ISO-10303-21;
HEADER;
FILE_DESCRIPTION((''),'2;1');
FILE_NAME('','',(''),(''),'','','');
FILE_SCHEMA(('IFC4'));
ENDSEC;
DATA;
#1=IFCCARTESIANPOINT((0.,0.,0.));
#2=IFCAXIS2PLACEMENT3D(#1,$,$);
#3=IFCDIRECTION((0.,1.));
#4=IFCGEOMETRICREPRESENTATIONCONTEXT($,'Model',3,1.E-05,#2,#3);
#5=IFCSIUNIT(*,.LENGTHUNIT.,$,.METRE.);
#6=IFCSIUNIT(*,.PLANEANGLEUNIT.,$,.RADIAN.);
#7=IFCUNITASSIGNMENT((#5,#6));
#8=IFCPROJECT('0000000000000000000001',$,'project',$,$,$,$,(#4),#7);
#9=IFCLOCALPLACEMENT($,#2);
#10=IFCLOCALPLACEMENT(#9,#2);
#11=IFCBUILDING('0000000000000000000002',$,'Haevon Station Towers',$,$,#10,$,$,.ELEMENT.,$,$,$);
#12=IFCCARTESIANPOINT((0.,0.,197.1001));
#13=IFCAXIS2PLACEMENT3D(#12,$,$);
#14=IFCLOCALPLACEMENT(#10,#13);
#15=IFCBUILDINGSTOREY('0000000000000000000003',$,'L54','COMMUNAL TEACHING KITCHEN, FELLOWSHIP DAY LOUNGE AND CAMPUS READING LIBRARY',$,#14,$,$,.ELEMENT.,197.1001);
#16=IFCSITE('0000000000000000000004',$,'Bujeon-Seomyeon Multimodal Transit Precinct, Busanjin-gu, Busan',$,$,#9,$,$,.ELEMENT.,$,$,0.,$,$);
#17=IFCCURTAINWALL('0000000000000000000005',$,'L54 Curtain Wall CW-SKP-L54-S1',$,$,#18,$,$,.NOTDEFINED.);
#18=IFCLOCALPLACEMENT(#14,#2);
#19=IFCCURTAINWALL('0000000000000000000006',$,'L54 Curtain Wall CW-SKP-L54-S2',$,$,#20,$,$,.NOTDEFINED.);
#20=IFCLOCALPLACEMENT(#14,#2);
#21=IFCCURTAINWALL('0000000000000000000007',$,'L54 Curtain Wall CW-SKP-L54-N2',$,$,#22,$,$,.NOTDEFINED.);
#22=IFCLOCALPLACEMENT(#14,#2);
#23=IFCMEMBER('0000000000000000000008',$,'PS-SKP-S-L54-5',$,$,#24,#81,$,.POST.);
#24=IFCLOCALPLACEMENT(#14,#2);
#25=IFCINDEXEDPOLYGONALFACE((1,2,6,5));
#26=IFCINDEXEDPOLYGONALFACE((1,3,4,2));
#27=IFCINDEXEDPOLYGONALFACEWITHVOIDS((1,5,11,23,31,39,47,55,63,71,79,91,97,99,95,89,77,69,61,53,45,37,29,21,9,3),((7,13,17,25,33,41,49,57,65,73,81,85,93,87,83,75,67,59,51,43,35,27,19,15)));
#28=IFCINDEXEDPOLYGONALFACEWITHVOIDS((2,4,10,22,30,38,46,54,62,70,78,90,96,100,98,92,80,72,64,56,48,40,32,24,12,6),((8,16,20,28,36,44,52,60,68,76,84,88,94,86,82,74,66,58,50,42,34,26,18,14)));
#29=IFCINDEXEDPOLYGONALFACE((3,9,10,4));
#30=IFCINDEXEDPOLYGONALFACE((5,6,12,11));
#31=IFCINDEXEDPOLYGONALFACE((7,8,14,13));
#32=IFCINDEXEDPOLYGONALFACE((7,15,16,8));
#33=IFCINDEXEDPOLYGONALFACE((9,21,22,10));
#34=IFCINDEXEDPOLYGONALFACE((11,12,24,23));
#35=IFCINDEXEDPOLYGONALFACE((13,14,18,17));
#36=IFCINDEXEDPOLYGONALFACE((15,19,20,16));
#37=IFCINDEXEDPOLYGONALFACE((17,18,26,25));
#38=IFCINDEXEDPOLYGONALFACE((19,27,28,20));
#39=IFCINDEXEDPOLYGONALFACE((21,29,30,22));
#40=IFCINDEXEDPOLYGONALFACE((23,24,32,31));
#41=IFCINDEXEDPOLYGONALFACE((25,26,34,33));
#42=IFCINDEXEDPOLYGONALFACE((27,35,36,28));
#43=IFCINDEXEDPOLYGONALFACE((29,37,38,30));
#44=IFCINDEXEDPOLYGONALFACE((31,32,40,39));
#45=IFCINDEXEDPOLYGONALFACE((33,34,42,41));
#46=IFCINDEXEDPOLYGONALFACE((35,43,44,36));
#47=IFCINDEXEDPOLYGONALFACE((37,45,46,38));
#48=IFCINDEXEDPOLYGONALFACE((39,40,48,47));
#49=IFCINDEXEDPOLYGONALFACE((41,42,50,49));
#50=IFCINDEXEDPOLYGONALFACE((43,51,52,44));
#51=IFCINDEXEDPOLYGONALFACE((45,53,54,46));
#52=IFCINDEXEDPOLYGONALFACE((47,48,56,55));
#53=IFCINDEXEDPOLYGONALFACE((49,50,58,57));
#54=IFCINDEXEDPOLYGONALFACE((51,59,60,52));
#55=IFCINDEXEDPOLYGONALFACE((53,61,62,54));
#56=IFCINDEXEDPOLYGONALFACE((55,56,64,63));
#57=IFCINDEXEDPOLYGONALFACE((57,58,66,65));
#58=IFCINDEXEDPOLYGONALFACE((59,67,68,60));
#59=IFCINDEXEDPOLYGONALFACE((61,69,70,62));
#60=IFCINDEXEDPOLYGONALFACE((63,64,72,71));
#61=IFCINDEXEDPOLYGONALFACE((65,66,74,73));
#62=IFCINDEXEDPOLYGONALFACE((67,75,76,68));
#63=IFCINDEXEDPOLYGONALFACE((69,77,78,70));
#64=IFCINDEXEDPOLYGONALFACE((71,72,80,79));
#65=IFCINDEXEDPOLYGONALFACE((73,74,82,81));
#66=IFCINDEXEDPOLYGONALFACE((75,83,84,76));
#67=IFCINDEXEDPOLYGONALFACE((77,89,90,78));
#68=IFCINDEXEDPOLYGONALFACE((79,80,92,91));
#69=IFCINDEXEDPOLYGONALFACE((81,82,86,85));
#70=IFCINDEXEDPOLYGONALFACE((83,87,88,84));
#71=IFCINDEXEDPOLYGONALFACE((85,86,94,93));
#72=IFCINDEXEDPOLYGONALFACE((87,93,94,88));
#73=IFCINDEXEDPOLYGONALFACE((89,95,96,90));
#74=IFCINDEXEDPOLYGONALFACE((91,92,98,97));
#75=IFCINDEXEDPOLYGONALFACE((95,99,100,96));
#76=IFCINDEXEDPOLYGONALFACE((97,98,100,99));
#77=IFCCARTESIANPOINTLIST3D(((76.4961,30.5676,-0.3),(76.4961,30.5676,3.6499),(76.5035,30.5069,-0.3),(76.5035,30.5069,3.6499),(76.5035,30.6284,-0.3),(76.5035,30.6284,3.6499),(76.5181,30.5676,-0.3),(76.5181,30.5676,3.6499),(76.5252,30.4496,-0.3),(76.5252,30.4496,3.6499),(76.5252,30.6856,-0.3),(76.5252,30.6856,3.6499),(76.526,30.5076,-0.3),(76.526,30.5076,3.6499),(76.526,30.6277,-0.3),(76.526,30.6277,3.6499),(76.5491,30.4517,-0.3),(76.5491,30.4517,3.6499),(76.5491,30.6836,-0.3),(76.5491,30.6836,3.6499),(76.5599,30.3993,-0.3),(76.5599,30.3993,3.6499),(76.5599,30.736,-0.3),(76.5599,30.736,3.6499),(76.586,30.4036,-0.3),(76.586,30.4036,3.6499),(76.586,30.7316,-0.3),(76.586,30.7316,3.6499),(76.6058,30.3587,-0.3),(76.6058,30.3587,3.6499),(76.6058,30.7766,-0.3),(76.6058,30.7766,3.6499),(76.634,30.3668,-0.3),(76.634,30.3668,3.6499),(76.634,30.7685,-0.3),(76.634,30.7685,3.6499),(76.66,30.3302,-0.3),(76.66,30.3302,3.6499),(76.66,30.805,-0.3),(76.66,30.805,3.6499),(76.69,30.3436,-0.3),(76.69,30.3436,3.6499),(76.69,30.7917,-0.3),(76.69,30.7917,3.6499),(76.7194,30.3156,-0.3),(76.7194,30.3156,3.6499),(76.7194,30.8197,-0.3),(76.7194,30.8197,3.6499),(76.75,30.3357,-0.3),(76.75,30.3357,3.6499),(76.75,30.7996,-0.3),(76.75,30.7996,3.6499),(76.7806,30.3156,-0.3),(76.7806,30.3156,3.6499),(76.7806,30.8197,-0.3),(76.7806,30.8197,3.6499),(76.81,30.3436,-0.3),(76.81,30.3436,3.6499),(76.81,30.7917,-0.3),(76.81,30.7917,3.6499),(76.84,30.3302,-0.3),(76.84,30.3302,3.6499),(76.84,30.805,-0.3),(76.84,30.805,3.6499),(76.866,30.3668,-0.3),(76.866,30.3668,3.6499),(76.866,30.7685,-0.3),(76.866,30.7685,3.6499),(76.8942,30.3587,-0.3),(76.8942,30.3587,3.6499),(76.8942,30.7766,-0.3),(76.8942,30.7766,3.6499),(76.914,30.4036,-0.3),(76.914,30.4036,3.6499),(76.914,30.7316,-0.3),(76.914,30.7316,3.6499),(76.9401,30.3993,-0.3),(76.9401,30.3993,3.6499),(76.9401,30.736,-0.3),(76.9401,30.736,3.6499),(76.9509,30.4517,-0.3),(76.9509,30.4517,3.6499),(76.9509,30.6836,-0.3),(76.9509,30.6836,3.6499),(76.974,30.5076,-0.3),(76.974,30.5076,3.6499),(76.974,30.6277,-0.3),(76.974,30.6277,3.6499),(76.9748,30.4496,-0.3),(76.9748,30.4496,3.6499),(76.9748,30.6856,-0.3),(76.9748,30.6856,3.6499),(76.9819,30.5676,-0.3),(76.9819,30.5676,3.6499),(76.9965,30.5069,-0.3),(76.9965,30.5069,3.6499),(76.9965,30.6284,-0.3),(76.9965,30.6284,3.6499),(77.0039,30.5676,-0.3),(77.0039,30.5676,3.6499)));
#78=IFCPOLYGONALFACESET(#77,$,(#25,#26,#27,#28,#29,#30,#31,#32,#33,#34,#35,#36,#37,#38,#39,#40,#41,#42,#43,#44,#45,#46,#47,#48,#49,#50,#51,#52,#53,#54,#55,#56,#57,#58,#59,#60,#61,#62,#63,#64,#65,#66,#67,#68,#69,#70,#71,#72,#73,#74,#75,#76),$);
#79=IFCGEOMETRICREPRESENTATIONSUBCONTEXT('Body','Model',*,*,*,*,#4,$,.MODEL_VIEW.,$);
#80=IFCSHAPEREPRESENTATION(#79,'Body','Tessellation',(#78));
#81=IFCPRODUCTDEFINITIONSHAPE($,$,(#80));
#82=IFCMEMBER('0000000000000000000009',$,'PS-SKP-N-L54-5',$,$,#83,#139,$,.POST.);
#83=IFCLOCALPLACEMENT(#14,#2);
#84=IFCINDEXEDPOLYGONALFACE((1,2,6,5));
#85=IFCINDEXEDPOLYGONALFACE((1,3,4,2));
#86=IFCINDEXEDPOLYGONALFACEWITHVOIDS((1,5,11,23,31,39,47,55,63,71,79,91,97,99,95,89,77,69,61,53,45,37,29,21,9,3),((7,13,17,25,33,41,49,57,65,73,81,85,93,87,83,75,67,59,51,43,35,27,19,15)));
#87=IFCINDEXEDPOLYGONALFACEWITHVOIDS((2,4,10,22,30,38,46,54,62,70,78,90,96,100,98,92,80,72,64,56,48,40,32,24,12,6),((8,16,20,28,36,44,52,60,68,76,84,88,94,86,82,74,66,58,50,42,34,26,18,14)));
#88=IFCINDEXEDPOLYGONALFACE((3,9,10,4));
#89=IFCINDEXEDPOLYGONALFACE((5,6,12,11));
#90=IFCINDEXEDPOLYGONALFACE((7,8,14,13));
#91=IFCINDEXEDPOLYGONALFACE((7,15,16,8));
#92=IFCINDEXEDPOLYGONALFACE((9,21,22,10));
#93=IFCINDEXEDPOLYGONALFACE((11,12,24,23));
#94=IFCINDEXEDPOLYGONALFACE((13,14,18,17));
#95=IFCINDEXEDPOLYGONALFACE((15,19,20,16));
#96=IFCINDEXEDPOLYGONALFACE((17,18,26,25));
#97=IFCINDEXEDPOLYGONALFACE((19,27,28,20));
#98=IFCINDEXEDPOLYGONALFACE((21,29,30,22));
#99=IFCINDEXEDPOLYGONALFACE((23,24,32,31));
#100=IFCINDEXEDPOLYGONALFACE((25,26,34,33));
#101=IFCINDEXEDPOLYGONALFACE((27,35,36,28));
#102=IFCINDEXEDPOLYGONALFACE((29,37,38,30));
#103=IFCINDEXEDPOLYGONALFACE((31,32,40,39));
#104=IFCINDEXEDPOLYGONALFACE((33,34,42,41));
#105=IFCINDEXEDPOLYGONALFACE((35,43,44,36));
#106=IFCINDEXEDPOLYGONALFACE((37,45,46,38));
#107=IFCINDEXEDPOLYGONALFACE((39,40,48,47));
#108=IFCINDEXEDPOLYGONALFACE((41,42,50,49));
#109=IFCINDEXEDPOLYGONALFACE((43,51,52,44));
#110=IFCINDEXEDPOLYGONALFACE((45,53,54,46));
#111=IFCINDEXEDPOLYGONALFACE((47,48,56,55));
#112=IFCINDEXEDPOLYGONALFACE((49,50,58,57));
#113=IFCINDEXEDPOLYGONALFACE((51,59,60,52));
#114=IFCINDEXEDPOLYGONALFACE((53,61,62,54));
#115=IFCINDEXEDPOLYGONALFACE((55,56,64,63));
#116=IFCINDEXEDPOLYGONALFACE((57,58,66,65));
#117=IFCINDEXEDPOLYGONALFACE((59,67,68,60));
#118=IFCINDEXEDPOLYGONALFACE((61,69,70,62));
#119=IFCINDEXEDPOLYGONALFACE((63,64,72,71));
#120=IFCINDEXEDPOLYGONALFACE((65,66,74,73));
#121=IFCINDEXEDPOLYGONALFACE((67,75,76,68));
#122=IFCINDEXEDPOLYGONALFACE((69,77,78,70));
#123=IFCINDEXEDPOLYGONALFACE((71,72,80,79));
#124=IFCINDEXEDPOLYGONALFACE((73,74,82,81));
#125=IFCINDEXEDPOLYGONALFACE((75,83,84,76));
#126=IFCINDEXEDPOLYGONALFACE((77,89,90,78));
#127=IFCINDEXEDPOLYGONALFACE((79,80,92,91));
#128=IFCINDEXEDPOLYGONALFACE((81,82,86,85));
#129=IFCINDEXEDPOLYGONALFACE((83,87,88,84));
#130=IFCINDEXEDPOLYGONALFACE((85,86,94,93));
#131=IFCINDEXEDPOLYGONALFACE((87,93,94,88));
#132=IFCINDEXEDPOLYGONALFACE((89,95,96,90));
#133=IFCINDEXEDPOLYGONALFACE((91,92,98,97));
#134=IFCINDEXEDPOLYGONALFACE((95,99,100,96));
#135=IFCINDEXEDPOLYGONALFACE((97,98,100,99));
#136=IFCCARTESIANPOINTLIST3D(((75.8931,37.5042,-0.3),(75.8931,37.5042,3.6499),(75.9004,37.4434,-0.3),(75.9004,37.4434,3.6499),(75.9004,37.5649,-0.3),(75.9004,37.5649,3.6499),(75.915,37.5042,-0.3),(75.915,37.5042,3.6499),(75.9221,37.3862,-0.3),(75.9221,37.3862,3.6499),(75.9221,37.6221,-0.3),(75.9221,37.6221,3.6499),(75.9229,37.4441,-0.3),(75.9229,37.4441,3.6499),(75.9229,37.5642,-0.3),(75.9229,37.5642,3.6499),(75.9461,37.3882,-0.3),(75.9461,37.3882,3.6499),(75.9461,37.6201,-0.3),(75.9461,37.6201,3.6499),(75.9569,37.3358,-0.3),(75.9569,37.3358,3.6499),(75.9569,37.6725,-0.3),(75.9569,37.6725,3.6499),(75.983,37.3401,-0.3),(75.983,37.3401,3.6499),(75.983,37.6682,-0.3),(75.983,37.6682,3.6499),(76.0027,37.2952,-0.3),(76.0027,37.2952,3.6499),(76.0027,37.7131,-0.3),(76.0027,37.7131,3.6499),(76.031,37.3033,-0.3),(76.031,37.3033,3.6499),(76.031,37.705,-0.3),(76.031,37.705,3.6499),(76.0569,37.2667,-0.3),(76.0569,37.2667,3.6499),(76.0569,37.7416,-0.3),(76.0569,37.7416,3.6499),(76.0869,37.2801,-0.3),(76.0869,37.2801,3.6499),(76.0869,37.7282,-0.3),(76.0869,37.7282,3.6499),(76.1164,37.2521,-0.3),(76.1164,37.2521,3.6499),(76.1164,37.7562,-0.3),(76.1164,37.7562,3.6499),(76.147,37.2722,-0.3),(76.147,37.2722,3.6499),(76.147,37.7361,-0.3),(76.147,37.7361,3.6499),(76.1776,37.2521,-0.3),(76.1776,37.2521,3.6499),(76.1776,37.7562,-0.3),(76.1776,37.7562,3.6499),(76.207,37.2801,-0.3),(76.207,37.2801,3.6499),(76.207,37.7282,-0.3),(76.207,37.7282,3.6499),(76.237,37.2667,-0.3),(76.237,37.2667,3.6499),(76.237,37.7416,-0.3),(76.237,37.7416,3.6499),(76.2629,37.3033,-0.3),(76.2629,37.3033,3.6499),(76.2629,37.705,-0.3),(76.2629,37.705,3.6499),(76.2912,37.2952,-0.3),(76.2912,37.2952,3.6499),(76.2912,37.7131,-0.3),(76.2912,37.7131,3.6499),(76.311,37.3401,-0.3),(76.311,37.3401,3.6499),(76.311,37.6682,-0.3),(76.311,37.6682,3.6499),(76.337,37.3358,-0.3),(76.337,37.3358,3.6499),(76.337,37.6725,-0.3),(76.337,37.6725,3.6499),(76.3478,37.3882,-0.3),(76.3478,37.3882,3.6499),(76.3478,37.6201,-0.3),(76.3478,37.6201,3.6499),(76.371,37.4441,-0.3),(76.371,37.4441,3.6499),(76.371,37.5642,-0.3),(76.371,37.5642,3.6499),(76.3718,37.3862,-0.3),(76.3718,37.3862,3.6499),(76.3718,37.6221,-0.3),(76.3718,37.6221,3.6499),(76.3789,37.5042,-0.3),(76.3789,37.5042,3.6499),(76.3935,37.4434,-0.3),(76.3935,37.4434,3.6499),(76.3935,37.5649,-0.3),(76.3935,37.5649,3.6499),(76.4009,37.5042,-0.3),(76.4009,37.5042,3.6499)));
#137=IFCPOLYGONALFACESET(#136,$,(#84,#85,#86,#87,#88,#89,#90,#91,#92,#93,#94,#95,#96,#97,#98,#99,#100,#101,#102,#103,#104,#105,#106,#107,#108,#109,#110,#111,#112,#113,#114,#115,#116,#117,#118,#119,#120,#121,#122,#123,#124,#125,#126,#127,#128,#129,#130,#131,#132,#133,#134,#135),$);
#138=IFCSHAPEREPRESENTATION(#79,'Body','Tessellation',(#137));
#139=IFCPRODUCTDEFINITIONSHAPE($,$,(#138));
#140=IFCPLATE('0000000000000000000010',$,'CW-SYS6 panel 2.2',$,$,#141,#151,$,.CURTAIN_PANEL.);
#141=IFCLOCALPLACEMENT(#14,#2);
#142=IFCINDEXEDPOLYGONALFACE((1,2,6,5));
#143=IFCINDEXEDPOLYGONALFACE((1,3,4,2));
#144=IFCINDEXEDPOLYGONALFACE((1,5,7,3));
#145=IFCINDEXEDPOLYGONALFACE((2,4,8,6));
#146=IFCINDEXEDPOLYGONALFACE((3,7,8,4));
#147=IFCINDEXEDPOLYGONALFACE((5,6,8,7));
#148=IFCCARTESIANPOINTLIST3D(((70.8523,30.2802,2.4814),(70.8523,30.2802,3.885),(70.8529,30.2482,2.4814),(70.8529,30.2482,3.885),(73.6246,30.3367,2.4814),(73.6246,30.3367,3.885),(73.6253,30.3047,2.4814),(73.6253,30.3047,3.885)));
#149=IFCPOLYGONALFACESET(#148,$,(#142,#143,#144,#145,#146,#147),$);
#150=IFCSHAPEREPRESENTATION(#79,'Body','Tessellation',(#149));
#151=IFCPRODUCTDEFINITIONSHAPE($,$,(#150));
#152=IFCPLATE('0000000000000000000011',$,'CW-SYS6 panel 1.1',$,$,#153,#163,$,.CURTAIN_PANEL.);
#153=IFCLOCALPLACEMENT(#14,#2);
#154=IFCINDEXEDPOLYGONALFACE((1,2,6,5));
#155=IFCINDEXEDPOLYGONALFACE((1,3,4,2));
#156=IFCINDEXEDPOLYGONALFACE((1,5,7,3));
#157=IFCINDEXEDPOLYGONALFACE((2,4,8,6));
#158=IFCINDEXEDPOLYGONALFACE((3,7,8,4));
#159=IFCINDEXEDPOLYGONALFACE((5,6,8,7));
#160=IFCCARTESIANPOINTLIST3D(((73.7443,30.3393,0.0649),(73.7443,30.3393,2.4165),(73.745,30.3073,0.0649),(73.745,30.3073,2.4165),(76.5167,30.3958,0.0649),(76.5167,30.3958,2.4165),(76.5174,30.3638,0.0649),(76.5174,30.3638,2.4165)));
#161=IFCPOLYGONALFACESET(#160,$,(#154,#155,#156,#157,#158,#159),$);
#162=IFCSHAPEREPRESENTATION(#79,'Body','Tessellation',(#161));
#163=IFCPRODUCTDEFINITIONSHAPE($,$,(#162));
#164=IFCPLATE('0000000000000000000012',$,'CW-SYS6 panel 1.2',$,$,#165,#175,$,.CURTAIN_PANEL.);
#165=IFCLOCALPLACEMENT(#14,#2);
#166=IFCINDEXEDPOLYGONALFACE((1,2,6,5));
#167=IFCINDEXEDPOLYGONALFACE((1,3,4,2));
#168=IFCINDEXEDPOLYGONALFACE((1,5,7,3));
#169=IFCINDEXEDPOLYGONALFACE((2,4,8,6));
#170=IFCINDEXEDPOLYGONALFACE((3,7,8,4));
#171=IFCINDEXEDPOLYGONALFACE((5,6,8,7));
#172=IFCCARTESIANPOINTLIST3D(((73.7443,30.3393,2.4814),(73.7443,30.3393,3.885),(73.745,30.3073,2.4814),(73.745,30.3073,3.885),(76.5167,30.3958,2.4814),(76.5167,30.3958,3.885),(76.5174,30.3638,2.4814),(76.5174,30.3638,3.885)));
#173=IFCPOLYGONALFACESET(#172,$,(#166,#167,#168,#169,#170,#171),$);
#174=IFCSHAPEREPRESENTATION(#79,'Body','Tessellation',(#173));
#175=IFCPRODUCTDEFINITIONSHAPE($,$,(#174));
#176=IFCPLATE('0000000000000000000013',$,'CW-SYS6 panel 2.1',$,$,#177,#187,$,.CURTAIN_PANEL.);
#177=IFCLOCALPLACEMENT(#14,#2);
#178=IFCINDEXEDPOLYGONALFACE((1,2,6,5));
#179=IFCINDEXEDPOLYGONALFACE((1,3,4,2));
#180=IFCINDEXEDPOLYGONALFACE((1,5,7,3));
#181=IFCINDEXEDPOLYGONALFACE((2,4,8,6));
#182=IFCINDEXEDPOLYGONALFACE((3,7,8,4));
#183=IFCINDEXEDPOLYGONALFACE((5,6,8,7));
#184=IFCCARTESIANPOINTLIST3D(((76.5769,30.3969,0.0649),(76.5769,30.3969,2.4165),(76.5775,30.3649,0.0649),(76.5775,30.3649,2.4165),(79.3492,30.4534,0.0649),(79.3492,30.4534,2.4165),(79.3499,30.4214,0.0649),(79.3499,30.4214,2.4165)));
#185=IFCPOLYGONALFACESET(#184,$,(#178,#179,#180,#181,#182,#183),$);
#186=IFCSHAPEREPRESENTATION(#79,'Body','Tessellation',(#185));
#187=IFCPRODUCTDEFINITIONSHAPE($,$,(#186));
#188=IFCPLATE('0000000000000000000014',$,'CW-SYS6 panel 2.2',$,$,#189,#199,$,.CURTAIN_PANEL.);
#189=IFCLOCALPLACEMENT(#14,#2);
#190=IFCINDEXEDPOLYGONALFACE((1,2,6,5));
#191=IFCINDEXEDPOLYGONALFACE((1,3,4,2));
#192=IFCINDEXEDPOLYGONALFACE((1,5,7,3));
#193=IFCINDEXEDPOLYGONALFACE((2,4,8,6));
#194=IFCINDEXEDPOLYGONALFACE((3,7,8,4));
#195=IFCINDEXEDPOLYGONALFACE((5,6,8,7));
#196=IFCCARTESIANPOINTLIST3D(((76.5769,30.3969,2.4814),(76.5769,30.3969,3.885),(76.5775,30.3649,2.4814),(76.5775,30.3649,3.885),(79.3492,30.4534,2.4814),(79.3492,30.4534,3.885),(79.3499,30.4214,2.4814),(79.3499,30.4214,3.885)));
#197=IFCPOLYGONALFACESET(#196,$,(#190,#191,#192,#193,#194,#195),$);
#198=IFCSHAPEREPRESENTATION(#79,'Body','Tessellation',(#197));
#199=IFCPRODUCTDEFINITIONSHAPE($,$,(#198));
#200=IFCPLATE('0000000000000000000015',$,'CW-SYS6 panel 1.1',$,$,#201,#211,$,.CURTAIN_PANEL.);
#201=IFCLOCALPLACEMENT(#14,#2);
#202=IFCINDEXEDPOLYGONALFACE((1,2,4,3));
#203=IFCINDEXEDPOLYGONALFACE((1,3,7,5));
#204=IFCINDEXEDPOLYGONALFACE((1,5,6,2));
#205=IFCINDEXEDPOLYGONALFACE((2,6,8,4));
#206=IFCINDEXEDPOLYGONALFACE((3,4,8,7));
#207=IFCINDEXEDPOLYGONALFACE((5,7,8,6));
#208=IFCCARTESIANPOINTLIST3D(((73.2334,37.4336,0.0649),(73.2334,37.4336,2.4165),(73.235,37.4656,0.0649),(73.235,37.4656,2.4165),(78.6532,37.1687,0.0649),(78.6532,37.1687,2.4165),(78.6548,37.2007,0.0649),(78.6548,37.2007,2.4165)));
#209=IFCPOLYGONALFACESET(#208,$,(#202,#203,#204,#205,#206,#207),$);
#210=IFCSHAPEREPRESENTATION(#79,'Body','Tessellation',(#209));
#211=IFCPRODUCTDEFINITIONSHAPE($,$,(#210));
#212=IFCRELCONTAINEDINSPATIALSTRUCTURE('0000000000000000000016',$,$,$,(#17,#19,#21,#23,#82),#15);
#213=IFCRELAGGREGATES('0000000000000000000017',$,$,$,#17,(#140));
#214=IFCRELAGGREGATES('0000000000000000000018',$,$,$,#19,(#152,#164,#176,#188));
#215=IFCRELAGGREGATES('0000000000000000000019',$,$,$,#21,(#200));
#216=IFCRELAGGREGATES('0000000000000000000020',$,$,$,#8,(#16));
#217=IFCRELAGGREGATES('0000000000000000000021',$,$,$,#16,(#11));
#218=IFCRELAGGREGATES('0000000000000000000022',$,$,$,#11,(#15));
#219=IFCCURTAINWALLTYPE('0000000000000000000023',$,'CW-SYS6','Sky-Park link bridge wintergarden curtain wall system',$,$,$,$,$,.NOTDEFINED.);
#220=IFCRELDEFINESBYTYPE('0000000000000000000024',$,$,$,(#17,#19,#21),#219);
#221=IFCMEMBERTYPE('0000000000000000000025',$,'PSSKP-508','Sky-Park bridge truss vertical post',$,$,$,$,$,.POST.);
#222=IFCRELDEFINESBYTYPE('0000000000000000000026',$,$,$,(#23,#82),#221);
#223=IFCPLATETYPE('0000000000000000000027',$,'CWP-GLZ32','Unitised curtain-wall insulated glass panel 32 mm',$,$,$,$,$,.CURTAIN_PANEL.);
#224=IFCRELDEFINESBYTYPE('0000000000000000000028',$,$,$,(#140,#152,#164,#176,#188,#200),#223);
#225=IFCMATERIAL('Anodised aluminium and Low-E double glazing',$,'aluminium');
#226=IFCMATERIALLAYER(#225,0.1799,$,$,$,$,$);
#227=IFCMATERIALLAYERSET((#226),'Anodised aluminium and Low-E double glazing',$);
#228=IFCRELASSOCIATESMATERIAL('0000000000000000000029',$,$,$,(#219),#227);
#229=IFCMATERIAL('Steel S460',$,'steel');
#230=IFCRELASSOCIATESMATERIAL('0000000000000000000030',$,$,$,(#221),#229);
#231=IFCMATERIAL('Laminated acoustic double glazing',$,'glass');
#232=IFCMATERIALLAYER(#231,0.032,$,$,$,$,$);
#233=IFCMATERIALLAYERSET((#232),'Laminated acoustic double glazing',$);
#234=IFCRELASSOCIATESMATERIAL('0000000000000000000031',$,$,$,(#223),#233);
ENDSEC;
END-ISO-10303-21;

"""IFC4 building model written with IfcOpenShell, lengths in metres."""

from ifc_helpers import new_model, si_unit, direction, frame, origin, origin_2d, place, context, subcontext, project, spatial, rectangle, hollow_circle, extrude, material, layer, layer_set, material_profile, profile_set, type_object, element, aggregate, save


model = new_model("IFC4")

# Units and contexts
model_context = context("Model", 3, precision=1e-05, world=origin(), true_north=direction((0.0, 1.0)))
body_context = subcontext(model_context, "Body", "Model", "MODEL_VIEW")
ifc_project = project(units=[si_unit("LENGTHUNIT", "METRE"), si_unit("PLANEANGLEUNIT", "RADIAN")], contexts=[model_context])

# Site, building, storey
site_placement = place(None, origin())
site = spatial("IfcSite", under=ifc_project, at=site_placement, Name="Bujeon-Seomyeon Multimodal Transit Precinct, Busanjin-gu, Busan", CompositionType="ELEMENT", RefElevation=0.0)
building_placement = place(site_placement, origin())
building = spatial("IfcBuilding", under=site, at=building_placement, Name="Haevon Station Towers", CompositionType="ELEMENT")
storey_placement = place(building_placement, frame((0.0, 0.0, 197.1001)))
storey = spatial("IfcBuildingStorey", under=building, at=storey_placement, Name="L54", Description="COMMUNAL TEACHING KITCHEN, FELLOWSHIP DAY LOUNGE AND CAMPUS READING LIBRARY", CompositionType="ELEMENT", Elevation=197.1001)

# Shared definitions
ifc_material_1 = material(Name="Steel S460", Category="steel")

# Curtain wall
ifc_material_2 = material(Name="Anodised aluminium and Low-E double glazing", Category="aluminium")
ifc_layer_1 = layer(ifc_material_2, 0.1799)
ifc_layer_set_1 = layer_set([ifc_layer_1], Name="Anodised aluminium and Low-E double glazing")
curtain_wall_type = type_object("IfcCurtainWallType", Name="CW-SYS6", Description="Sky-Park link bridge wintergarden curtain wall system", PredefinedType="NOTDEFINED", material=ifc_layer_set_1)
curtain_wall_1_placement = place(storey_placement, origin())
curtain_wall_1 = element("IfcCurtainWall", 1, at=curtain_wall_1_placement, inside=storey, type_object=curtain_wall_type, Name="L54 Curtain Wall CW-SKP-L54-S1", PredefinedType="NOTDEFINED")

# Curtain wall
curtain_wall_2_placement = place(storey_placement, origin())
curtain_wall_2 = element("IfcCurtainWall", 2, at=curtain_wall_2_placement, inside=storey, type_object=curtain_wall_type, Name="L54 Curtain Wall CW-SKP-L54-S2", PredefinedType="NOTDEFINED")

# Curtain wall
curtain_wall_3_placement = place(storey_placement, origin())
curtain_wall_3 = element("IfcCurtainWall", 3, at=curtain_wall_3_placement, inside=storey, type_object=curtain_wall_type, Name="L54 Curtain Wall CW-SKP-L54-N2", PredefinedType="NOTDEFINED")

# Members
ifc_material_profile_1 = material_profile(ifc_material_1, hollow_circle(Radius=0.2539, WallThickness=0.022, at=origin_2d()), Name="CHS-508x22")
ifc_profile_set_1 = profile_set([ifc_material_profile_1], Name="Steel S460")
member_type_1 = type_object("IfcMemberType", Name="PSSKP-508", Description="Sky-Park bridge truss vertical post", PredefinedType="POST", material=ifc_profile_set_1)
for number, where, z_axis, x_axis, name in (
    (4, (76.75, 30.5676, -0.3), (0.0, 0.0, 1.0), (1.0, 0.0, 0.0), "PS-SKP-S-L54-5"),
    (5, (76.147, 37.5042, -0.3), (0.0, 0.0, 1.0), (1.0, 0.0, 0.0), "PS-SKP-N-L54-5"),
):
    element("IfcMember", number, at=place(storey_placement, frame(where, z_axis=z_axis, x_axis=x_axis)), inside=storey, type_object=member_type_1, Name=name, PredefinedType="POST", context=body_context, shape_type="SweptSolid", body=[
        extrude(hollow_circle(Radius=0.2539, WallThickness=0.022, at=origin_2d()), origin(), (0.0, 0.0, 1.0), 3.95),
    ])

# Plates
ifc_material_3 = material(Name="Laminated acoustic double glazing", Category="glass")
ifc_layer_2 = layer(ifc_material_3, 0.032)
ifc_layer_set_2 = layer_set([ifc_layer_2], Name="Laminated acoustic double glazing")
plate_type_1 = type_object("IfcPlateType", Name="CWP-GLZ32", Description="Unitised curtain-wall insulated glass panel 32 mm", PredefinedType="CURTAIN_PANEL", material=ifc_layer_set_2)
plate_1_placement = place(storey_placement, frame((72.2388, 30.2925, 2.4814), z_axis=(0.0, 0.0, 1.0), x_axis=(0.999792, 0.020374, 0.0)))
plate_1 = element("IfcPlate", 6, at=plate_1_placement, type_object=plate_type_1, Name="CW-SYS6 panel 2.2", PredefinedType="CURTAIN_PANEL", context=body_context, shape_type="SweptSolid", body=[
    extrude(rectangle(XDim=2.7729, YDim=0.032, at=origin_2d()), origin(), (0.0, 0.0, 1.0), 1.4036),
])
aggregate(curtain_wall_1, [plate_1])
plate_2_placement = place(storey_placement, frame((75.1309, 30.3516, 0.0649), z_axis=(0.0, 0.0, 1.0), x_axis=(0.999792, 0.020373, 0.0)))
plate_2 = element("IfcPlate", 7, at=plate_2_placement, type_object=plate_type_1, Name="CW-SYS6 panel 1.1", PredefinedType="CURTAIN_PANEL", context=body_context, shape_type="SweptSolid", body=[
    extrude(rectangle(XDim=2.7729, YDim=0.032, at=origin_2d()), origin(), (0.0, 0.0, 1.0), 2.3516),
])
plate_3_placement = place(storey_placement, frame((75.1309, 30.3516, 2.4814), z_axis=(0.0, 0.0, 1.0), x_axis=(0.999792, 0.020373, 0.0)))
plate_3 = element("IfcPlate", 8, at=plate_3_placement, type_object=plate_type_1, Name="CW-SYS6 panel 1.2", PredefinedType="CURTAIN_PANEL", context=body_context, shape_type="SweptSolid", body=[
    extrude(rectangle(XDim=2.7729, YDim=0.032, at=origin_2d()), origin(), (0.0, 0.0, 1.0), 1.4036),
])
plate_4_placement = place(storey_placement, frame((77.9634, 30.4092, 0.0649), z_axis=(0.0, 0.0, 1.0), x_axis=(0.999792, 0.020373, 0.0)))
plate_4 = element("IfcPlate", 9, at=plate_4_placement, type_object=plate_type_1, Name="CW-SYS6 panel 2.1", PredefinedType="CURTAIN_PANEL", context=body_context, shape_type="SweptSolid", body=[
    extrude(rectangle(XDim=2.7729, YDim=0.032, at=origin_2d()), origin(), (0.0, 0.0, 1.0), 2.3516),
])
plate_5_placement = place(storey_placement, frame((77.9634, 30.4092, 2.4814), z_axis=(0.0, 0.0, 1.0), x_axis=(0.999792, 0.020373, 0.0)))
plate_5 = element("IfcPlate", 10, at=plate_5_placement, type_object=plate_type_1, Name="CW-SYS6 panel 2.2", PredefinedType="CURTAIN_PANEL", context=body_context, shape_type="SweptSolid", body=[
    extrude(rectangle(XDim=2.7729, YDim=0.032, at=origin_2d()), origin(), (0.0, 0.0, 1.0), 1.4036),
])
aggregate(curtain_wall_2, [plate_2, plate_3, plate_4, plate_5])
plate_6_placement = place(storey_placement, frame((75.9441, 37.3171, 0.0649), z_axis=(0.0, 0.0, 1.0), x_axis=(0.998807, -0.048822, 0.0)))
plate_6 = element("IfcPlate", 11, at=plate_6_placement, type_object=plate_type_1, Name="CW-SYS6 panel 1.1", PredefinedType="CURTAIN_PANEL", context=body_context, shape_type="SweptSolid", body=[
    extrude(rectangle(XDim=5.4263, YDim=0.032, at=origin_2d()), origin(), (0.0, 0.0, 1.0), 2.3516),
])
aggregate(curtain_wall_3, [plate_6])

save(model, "model.ifc")
